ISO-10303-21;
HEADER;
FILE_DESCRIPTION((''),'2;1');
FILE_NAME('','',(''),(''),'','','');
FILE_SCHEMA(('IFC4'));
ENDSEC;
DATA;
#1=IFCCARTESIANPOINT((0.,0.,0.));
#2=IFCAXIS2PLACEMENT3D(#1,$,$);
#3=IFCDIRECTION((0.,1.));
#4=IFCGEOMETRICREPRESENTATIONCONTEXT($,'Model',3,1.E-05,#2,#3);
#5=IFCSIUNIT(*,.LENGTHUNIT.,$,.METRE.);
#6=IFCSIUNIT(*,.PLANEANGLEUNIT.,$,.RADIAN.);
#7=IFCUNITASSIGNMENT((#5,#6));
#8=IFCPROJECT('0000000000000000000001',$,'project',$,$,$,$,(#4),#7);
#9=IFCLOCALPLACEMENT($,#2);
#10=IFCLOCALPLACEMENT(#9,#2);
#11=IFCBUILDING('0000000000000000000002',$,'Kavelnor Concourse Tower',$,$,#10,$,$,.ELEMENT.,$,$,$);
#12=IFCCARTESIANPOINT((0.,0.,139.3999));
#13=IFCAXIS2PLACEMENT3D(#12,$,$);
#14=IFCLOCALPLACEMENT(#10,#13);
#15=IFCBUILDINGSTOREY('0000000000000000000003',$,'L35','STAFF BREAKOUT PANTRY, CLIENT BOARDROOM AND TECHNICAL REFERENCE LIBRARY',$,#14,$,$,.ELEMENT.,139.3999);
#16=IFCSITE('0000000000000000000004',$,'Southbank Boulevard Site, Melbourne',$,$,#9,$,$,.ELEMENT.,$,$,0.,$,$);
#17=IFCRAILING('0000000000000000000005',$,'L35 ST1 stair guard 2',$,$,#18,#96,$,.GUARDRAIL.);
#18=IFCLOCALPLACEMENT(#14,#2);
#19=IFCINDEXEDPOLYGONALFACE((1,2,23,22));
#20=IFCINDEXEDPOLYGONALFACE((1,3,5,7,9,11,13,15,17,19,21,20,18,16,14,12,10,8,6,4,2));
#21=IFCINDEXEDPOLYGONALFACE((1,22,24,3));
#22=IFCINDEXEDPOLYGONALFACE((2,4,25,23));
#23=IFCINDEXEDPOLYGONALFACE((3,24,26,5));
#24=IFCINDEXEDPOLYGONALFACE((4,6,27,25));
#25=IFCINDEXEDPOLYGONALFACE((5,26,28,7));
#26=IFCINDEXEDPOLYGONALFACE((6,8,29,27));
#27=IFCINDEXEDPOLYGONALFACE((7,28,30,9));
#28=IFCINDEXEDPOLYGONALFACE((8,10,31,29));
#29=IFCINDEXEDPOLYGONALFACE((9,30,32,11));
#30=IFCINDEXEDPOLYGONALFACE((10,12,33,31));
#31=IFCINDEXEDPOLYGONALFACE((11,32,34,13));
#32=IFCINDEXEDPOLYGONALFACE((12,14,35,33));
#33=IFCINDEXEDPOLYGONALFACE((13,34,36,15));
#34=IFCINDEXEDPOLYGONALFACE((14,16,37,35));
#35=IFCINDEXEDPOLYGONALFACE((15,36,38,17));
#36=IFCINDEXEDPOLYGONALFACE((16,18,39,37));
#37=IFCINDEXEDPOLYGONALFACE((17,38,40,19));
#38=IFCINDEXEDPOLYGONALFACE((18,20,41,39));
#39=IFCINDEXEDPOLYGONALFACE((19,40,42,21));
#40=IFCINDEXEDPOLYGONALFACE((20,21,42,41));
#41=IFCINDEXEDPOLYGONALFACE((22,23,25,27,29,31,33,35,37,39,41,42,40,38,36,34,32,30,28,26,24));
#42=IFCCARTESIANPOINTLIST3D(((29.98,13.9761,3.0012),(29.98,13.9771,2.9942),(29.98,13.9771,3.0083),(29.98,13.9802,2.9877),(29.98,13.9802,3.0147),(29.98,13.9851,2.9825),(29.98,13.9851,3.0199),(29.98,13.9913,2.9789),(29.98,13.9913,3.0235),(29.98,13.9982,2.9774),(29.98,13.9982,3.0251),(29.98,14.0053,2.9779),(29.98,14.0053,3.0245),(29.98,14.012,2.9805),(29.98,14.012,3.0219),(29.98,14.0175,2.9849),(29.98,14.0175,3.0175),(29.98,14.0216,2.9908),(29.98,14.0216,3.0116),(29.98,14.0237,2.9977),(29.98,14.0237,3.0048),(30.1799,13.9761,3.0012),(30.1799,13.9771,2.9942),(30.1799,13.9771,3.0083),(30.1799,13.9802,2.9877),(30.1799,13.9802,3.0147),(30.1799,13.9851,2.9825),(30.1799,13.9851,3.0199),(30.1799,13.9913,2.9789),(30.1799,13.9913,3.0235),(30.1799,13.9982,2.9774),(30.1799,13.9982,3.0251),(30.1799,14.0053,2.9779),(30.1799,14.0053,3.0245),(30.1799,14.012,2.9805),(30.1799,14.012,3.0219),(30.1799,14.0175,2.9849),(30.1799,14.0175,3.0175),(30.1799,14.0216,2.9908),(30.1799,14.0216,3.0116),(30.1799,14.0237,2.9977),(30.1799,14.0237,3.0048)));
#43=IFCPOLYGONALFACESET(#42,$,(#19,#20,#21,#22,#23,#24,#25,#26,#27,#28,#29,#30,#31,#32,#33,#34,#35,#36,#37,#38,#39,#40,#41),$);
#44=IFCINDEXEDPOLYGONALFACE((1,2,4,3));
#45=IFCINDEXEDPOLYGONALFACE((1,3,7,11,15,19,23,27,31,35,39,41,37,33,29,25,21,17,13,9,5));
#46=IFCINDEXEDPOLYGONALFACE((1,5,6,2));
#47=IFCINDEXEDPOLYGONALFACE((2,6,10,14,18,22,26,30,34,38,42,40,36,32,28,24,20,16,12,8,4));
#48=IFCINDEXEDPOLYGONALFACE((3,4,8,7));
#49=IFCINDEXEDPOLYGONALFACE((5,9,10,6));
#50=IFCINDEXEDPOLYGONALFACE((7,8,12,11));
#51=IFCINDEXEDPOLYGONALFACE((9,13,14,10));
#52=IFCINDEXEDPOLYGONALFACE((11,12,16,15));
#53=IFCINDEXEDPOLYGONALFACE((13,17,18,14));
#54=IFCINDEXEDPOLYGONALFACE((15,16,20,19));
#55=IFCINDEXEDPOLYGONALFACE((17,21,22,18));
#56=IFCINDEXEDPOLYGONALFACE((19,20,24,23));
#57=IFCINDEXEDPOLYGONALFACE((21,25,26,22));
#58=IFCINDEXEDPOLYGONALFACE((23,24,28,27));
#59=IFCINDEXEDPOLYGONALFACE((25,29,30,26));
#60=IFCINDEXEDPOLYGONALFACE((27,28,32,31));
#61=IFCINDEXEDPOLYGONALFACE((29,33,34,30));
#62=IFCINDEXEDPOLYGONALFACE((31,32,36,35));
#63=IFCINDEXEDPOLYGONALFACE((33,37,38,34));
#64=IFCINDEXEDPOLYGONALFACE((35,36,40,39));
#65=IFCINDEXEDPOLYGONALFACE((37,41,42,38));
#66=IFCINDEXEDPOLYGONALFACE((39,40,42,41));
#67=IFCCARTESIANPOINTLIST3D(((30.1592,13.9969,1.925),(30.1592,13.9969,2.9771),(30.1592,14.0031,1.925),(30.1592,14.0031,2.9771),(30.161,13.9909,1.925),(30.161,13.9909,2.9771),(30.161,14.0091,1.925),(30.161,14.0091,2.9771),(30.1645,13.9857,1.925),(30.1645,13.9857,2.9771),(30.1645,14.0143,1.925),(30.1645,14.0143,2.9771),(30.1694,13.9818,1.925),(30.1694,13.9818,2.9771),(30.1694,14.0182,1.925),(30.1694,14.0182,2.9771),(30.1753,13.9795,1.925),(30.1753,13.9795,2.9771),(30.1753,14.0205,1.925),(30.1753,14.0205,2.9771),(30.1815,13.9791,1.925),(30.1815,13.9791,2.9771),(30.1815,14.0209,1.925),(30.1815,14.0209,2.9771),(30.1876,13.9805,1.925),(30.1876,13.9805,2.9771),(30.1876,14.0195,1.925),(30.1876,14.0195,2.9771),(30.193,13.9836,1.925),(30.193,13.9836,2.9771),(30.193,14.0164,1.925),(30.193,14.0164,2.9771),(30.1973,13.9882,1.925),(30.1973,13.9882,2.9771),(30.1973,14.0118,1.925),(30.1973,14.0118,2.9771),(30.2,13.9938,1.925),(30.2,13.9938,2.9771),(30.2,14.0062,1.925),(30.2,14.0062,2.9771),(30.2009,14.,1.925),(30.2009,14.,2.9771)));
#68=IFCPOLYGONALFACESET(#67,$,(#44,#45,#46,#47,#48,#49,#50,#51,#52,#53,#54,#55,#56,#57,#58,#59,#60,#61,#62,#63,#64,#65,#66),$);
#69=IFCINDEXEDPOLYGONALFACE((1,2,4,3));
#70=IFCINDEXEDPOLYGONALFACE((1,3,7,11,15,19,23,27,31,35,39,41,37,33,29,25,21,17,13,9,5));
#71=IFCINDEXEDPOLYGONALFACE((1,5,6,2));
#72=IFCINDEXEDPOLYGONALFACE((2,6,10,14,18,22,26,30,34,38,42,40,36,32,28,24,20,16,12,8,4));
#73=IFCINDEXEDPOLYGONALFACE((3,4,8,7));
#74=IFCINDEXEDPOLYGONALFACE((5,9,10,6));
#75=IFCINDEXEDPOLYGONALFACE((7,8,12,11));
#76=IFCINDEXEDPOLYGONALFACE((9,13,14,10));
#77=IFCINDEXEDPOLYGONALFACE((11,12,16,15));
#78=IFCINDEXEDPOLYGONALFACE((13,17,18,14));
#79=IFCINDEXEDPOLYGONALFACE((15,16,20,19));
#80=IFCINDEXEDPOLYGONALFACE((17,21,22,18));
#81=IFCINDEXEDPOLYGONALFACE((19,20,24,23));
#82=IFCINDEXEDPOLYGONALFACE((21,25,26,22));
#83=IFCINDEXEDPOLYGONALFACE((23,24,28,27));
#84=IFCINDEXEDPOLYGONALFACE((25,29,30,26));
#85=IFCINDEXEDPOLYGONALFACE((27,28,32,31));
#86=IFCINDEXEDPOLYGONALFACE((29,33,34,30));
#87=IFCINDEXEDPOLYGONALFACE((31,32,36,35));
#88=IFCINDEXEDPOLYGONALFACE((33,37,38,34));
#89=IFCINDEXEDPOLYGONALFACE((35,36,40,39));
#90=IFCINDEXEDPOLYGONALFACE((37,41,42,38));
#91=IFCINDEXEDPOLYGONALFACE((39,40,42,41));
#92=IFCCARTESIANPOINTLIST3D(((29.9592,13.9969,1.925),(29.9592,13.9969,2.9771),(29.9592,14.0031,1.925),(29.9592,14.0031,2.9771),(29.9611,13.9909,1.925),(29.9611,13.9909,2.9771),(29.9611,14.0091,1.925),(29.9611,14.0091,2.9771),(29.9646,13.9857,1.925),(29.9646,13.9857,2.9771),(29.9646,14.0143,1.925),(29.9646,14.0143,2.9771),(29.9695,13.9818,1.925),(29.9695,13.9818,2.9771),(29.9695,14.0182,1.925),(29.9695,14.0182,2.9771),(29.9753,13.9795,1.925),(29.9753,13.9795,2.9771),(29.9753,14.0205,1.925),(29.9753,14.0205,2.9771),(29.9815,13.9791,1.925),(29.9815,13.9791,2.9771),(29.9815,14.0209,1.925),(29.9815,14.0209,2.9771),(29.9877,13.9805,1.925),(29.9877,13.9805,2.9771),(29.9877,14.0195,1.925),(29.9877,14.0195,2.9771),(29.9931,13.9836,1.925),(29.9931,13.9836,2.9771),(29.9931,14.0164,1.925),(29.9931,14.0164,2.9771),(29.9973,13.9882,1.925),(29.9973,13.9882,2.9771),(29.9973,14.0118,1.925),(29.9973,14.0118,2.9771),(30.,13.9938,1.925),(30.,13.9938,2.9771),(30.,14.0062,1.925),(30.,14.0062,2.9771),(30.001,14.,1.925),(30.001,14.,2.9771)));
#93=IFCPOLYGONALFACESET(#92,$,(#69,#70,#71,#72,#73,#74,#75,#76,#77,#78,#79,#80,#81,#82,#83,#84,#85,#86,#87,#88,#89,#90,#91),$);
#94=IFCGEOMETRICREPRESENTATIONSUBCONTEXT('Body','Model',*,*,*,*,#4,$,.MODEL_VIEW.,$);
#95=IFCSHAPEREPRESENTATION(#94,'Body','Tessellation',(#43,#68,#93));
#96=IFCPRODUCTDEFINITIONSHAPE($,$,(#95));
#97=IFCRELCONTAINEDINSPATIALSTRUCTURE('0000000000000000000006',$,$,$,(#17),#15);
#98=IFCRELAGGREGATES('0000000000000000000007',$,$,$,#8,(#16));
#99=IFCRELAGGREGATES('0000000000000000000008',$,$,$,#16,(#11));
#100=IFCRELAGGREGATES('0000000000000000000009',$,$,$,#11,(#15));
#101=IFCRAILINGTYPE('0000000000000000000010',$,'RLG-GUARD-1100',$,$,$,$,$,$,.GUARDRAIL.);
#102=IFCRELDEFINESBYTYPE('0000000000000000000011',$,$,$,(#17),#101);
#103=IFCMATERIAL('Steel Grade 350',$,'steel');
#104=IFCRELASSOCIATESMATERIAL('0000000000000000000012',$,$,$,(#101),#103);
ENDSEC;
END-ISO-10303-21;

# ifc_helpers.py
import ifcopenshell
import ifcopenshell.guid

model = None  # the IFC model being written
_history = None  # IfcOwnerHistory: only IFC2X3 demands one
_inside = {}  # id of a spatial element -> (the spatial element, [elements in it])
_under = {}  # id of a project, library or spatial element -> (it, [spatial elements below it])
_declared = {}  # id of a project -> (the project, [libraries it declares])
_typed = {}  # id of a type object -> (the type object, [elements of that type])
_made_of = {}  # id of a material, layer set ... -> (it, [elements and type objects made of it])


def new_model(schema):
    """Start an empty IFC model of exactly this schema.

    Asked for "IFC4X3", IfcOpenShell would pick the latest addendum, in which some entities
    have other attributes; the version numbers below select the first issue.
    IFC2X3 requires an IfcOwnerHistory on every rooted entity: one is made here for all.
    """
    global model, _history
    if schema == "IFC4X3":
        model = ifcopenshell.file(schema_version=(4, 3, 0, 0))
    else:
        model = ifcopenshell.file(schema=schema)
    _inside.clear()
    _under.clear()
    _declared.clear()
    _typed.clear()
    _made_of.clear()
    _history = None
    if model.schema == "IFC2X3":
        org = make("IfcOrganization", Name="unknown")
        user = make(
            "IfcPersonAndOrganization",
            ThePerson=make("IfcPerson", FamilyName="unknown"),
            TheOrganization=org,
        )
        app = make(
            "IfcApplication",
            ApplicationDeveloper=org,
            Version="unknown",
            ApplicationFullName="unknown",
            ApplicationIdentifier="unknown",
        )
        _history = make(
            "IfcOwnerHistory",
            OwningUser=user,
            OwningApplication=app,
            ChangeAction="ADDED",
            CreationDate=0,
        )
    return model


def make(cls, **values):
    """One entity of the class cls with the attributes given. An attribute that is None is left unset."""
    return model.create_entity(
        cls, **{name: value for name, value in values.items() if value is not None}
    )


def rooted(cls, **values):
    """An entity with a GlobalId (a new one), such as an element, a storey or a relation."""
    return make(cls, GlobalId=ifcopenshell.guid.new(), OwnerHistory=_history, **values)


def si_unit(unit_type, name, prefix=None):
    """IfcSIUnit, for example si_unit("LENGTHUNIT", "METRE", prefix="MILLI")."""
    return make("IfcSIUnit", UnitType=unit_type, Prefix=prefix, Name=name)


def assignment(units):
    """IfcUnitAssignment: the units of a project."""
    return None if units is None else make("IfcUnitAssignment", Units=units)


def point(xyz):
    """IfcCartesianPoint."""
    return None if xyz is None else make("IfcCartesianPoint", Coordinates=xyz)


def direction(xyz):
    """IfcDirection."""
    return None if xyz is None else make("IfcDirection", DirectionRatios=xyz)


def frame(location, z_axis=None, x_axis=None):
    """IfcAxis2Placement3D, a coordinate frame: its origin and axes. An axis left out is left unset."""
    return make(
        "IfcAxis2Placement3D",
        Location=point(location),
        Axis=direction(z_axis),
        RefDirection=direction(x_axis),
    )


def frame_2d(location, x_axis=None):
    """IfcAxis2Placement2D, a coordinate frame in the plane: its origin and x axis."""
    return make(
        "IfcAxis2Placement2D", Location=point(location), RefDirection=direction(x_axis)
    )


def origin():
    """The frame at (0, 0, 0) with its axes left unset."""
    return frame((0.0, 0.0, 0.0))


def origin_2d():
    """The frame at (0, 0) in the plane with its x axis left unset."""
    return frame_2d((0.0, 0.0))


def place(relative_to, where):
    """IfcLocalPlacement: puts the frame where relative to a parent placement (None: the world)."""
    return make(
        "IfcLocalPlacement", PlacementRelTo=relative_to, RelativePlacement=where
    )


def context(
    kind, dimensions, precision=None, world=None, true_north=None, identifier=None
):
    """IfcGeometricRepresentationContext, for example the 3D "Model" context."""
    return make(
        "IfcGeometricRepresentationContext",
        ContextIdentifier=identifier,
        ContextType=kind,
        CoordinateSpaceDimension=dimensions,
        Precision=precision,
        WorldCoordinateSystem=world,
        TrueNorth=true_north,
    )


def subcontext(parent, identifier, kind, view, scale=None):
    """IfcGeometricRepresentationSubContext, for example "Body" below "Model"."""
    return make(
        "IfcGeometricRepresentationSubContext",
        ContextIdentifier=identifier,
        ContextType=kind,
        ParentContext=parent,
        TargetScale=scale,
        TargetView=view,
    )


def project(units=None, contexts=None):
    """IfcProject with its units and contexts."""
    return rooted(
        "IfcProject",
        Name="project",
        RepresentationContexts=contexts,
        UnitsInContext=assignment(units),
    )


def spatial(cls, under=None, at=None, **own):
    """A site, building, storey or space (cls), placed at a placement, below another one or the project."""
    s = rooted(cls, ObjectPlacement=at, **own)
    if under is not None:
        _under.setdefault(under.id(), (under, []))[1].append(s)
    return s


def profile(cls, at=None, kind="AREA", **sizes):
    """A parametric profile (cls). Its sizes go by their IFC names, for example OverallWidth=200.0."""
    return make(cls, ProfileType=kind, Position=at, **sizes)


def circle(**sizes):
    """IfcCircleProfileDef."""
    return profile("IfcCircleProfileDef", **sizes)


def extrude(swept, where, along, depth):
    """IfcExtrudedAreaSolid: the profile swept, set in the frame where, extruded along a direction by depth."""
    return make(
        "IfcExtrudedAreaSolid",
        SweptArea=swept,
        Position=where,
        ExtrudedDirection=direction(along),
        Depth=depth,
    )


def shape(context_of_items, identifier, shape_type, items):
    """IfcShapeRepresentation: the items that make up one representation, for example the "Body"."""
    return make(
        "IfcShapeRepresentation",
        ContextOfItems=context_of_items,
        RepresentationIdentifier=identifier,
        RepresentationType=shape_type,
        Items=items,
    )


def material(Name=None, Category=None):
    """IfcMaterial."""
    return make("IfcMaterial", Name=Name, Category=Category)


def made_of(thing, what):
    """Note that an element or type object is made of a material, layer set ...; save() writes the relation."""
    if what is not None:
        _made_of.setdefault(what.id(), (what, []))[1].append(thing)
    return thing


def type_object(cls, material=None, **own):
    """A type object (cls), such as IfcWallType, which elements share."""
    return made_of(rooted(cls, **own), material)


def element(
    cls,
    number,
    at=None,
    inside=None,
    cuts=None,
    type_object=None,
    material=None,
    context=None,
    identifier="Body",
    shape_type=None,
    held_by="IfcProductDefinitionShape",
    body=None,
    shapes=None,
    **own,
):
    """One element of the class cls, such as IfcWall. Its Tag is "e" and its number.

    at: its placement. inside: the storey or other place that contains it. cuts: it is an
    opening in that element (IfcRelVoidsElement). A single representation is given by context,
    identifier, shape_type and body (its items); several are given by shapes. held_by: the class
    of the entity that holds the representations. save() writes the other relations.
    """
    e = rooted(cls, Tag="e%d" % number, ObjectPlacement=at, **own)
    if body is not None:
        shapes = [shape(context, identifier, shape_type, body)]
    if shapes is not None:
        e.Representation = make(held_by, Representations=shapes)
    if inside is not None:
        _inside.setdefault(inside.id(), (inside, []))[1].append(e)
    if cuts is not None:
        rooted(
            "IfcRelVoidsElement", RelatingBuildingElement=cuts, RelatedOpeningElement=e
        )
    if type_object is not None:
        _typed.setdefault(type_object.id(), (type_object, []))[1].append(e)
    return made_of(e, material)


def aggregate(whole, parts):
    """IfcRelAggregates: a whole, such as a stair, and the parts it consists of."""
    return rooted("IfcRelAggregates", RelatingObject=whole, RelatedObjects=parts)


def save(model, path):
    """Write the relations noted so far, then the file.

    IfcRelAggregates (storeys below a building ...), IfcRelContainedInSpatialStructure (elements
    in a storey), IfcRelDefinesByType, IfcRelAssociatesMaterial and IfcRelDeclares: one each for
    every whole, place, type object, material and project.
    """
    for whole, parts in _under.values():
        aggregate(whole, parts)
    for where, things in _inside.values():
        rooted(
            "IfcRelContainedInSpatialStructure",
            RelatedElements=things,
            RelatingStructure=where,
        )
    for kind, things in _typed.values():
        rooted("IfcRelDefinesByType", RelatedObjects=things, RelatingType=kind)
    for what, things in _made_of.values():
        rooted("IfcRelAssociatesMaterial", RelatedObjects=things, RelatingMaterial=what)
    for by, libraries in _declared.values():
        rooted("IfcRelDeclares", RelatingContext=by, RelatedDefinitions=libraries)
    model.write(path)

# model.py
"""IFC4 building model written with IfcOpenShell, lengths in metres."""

from ifc_helpers import new_model, si_unit, direction, frame, origin, origin_2d, place, context, subcontext, project, spatial, circle, extrude, material, type_object, element, save


model = new_model("IFC4")

# Units and contexts
model_context = context("Model", 3, precision=1e-05, world=origin(), true_north=direction((0.0, 1.0)))
body_context = subcontext(model_context, "Body", "Model", "MODEL_VIEW")
ifc_project = project(units=[si_unit("LENGTHUNIT", "METRE"), si_unit("PLANEANGLEUNIT", "RADIAN")], contexts=[model_context])

# Site, building, storey
site_placement = place(None, origin())
site = spatial("IfcSite", under=ifc_project, at=site_placement, Name="Southbank Boulevard Site, Melbourne", CompositionType="ELEMENT", RefElevation=0.0)
building_placement = place(site_placement, origin())
building = spatial("IfcBuilding", under=site, at=building_placement, Name="Kavelnor Concourse Tower", CompositionType="ELEMENT")
storey_placement = place(building_placement, frame((0.0, 0.0, 139.3999)))
storey = spatial("IfcBuildingStorey", under=building, at=storey_placement, Name="L35", Description="STAFF BREAKOUT PANTRY, CLIENT BOARDROOM AND TECHNICAL REFERENCE LIBRARY", CompositionType="ELEMENT", Elevation=139.3999)

# Shared definitions
ifc_material_1 = material(Name="Steel Grade 350", Category="steel")

# Railing
railing_type = type_object("IfcRailingType", Name="RLG-GUARD-1100", PredefinedType="GUARDRAIL", material=ifc_material_1)
railing_1_placement = place(storey_placement, frame((30.1799, 14.0, 1.925)))
element("IfcRailing", 1, at=railing_1_placement, inside=storey, type_object=railing_type, Name="L35 ST1 stair guard 2", PredefinedType="GUARDRAIL", context=body_context, shape_type="SweptSolid", body=[
    extrude(circle(Radius=0.0239, at=origin_2d()), frame((0.0, 0.0, 1.0762), z_axis=(-1.0, 0.0, 0.0), x_axis=(0.0, -1.0, 0.0)), (0.0, 0.0, 1.0), 0.2),
    extrude(circle(Radius=0.021, at=origin_2d()), origin(), (0.0, 0.0, 1.0), 1.052),
    extrude(circle(Radius=0.021, at=origin_2d()), frame((-0.2, 0.0, 0.0)), (0.0, 0.0, 1.0), 1.052),
])

save(model, "model.ifc")
